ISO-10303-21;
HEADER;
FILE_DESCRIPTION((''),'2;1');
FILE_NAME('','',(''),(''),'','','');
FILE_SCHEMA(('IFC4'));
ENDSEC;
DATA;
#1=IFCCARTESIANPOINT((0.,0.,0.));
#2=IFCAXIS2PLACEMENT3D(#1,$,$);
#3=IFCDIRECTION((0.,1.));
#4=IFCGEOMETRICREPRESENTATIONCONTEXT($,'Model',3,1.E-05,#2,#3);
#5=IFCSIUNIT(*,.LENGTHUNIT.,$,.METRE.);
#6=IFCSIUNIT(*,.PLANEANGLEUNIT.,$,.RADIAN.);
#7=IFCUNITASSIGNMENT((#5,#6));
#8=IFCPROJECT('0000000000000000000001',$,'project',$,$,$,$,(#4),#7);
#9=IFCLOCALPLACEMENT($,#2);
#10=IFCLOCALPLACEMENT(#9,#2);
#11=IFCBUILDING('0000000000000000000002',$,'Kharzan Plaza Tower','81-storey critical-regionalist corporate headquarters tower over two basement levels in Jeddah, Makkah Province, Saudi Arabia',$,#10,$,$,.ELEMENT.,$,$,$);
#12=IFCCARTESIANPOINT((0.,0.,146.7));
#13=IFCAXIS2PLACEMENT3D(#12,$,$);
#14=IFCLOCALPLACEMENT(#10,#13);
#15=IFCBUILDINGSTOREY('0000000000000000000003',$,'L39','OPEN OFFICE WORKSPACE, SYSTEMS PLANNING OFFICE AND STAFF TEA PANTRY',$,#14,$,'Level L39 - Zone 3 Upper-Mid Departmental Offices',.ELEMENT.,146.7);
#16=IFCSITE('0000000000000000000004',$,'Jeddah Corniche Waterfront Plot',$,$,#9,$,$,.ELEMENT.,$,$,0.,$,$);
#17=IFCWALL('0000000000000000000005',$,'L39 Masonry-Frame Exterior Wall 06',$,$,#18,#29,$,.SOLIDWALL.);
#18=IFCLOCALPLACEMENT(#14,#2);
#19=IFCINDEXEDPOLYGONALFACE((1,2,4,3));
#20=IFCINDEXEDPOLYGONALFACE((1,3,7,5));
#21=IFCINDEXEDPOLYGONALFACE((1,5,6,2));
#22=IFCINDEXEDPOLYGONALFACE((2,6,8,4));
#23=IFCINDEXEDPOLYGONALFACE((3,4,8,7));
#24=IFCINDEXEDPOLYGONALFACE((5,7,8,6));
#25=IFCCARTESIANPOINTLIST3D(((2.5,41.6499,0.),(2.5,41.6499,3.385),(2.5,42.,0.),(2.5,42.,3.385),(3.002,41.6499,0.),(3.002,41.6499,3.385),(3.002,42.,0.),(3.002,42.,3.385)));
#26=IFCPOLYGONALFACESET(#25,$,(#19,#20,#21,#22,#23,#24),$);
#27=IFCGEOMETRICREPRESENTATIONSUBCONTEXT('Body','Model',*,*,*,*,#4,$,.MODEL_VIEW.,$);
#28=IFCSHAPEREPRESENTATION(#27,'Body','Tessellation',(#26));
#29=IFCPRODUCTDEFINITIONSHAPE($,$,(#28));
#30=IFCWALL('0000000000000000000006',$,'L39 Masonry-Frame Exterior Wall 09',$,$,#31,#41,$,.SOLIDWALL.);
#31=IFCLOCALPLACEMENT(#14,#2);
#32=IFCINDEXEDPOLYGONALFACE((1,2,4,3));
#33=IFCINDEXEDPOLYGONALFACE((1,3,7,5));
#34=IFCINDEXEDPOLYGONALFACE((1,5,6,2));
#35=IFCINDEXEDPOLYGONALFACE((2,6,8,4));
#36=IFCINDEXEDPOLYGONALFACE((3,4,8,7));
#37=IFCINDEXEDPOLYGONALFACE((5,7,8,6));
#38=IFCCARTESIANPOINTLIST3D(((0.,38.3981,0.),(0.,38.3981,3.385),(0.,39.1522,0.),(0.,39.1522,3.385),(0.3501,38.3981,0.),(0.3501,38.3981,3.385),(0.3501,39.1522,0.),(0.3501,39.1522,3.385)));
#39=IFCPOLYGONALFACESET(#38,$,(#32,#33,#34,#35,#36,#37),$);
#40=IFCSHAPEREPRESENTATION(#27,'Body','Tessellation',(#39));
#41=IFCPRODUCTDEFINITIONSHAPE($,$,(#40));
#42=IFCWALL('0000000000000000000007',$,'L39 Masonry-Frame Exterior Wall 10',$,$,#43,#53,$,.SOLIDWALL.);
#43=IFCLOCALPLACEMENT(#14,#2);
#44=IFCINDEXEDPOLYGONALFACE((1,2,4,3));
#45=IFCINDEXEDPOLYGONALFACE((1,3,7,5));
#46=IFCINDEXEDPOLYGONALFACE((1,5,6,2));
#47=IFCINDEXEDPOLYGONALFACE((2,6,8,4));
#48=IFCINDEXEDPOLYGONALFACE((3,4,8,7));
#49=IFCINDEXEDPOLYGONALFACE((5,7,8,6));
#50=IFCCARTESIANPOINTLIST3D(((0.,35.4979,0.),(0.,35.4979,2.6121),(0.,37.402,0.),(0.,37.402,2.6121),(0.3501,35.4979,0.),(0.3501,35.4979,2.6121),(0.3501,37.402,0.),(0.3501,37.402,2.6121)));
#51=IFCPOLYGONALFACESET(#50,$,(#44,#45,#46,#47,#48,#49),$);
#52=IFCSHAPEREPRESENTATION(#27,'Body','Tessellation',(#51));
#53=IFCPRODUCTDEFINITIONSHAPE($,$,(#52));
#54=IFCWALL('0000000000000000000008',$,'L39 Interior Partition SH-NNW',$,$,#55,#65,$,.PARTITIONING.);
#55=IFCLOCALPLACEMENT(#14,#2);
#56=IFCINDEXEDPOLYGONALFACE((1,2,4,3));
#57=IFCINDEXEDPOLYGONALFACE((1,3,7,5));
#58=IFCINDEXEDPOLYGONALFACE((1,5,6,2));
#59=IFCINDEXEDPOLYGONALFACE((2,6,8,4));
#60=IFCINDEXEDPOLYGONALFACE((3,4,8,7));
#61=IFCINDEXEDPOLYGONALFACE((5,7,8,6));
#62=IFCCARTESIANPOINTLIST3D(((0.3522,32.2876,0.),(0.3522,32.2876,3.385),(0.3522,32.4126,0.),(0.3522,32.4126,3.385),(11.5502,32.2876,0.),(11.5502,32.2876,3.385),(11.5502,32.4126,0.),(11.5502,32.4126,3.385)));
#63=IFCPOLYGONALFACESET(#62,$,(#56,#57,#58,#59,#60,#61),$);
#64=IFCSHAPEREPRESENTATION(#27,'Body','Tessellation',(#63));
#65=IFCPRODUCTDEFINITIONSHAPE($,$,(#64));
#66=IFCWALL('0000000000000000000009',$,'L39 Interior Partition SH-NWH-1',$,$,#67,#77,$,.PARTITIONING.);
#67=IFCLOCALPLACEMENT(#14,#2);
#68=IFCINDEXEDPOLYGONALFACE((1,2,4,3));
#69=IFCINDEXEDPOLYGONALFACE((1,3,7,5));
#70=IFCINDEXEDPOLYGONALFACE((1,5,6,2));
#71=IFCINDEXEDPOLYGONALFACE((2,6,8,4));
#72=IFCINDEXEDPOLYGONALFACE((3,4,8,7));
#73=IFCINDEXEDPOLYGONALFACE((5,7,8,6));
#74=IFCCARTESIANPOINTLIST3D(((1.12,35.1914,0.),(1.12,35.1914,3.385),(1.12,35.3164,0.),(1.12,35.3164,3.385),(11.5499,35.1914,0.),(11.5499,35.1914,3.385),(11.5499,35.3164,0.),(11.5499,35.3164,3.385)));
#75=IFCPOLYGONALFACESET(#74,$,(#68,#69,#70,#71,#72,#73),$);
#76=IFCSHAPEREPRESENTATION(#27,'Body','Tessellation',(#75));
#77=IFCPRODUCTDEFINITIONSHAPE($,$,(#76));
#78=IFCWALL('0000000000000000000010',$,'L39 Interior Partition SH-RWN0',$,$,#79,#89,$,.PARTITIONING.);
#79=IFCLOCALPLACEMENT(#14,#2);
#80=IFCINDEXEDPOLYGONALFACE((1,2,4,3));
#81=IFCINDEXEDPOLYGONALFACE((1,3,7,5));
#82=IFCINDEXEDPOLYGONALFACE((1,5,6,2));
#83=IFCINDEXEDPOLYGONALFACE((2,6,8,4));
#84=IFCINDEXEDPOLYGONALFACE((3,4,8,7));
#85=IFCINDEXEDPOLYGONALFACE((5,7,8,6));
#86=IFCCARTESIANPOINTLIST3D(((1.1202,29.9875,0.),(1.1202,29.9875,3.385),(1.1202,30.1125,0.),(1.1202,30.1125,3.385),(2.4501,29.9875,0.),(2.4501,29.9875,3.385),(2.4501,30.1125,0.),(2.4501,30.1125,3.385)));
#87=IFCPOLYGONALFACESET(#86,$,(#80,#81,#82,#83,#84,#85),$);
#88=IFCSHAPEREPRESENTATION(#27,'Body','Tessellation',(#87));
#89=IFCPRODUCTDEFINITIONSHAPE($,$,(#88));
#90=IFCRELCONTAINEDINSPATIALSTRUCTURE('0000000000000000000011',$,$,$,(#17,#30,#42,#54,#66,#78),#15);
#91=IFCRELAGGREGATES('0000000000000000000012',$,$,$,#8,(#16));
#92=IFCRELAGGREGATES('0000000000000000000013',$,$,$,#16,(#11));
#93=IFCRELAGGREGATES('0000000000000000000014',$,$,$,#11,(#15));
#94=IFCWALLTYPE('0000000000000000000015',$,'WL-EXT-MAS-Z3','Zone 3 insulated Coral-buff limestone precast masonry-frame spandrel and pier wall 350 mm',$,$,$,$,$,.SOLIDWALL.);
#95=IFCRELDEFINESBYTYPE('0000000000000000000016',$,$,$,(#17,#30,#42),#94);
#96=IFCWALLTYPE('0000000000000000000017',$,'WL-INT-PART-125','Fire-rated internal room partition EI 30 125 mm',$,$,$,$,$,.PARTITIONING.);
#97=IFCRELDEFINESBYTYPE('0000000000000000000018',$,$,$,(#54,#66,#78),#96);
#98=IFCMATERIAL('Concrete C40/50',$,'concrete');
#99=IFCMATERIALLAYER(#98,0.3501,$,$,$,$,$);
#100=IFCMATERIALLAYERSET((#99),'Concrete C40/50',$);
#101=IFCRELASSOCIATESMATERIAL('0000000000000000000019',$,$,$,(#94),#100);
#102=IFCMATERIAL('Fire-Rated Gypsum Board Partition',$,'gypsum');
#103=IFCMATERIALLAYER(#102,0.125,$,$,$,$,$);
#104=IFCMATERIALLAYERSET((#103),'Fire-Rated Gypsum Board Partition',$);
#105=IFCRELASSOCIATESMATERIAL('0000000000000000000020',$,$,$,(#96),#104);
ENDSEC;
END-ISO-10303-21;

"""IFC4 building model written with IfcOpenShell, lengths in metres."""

from ifc_helpers import new_model, si_unit, direction, frame, frame_2d, origin, place, context, subcontext, project, spatial, rectangle, extrude, source, transform, mapped, material, layer, layer_set, type_object, element, save


model = new_model("IFC4")

# Units and contexts
model_context = context("Model", 3, precision=1e-05, world=origin(), true_north=direction((0.0, 1.0)))
body_context = subcontext(model_context, "Body", "Model", "MODEL_VIEW")
ifc_project = project(units=[si_unit("LENGTHUNIT", "METRE"), si_unit("PLANEANGLEUNIT", "RADIAN")], contexts=[model_context])

# Site, building, storey
site_placement = place(None, origin())
site = spatial("IfcSite", under=ifc_project, at=site_placement, Name="Jeddah Corniche Waterfront Plot", CompositionType="ELEMENT", RefElevation=0.0)
building_placement = place(site_placement, origin())
building = spatial("IfcBuilding", under=site, at=building_placement, Name="Kharzan Plaza Tower", Description="81-storey critical-regionalist corporate headquarters tower over two basement levels in Jeddah, Makkah Province, Saudi Arabia", CompositionType="ELEMENT")
storey_placement = place(building_placement, frame((0.0, 0.0, 146.7)))
storey = spatial("IfcBuildingStorey", under=building, at=storey_placement, Name="L39", Description="OPEN OFFICE WORKSPACE, SYSTEMS PLANNING OFFICE AND STAFF TEA PANTRY", LongName="Level L39 - Zone 3 Upper-Mid Departmental Offices", CompositionType="ELEMENT", Elevation=146.7)

# Shared definitions
ifc_material_1 = material(Name="Concrete C40/50", Category="concrete")
ifc_layer_1 = layer(ifc_material_1, 0.3501)
ifc_layer_set_1 = layer_set([ifc_layer_1], Name="Concrete C40/50")
wall_type_1 = type_object("IfcWallType", Name="WL-EXT-MAS-Z3", Description="Zone 3 insulated Coral-buff limestone precast masonry-frame spandrel and pier wall 350 mm", PredefinedType="SOLIDWALL", material=ifc_layer_set_1)

# Walls
shared_shape_1 = source(origin(), body_context, "Body", "SweptSolid", [
    extrude(rectangle(XDim=0.502, YDim=0.3501, at=frame_2d((0.251, 0.0))), origin(), (0.0, 0.0, 1.0), 3.385),
])
wall_1_placement = place(storey_placement, frame((3.002, 41.825, 0.0), z_axis=(0.0, 0.0, 1.0), x_axis=(-1.0, 0.0, 0.0)))
element("IfcWall", 1, at=wall_1_placement, inside=storey, type_object=wall_type_1, Name="L39 Masonry-Frame Exterior Wall 06", PredefinedType="SOLIDWALL", context=body_context, shape_type="MappedRepresentation", body=[
    mapped(shared_shape_1, transform((0.0, 0.0, 0.0), x_axis=(1.0, 0.0, 0.0), y_axis=(0.0, 1.0, 0.0), z_axis=(0.0, 0.0, 1.0))),
])
shared_shape_2 = source(origin(), body_context, "Body", "SweptSolid", [
    extrude(rectangle(XDim=0.7542, YDim=0.3501, at=frame_2d((0.377, 0.0))), origin(), (0.0, 0.0, 1.0), 3.385),
])
wall_2_placement = place(storey_placement, frame((0.175, 39.1521, 0.0), z_axis=(0.0, 0.0, 1.0), x_axis=(0.0, -1.0, 0.0)))
element("IfcWall", 2, at=wall_2_placement, inside=storey, type_object=wall_type_1, Name="L39 Masonry-Frame Exterior Wall 09", PredefinedType="SOLIDWALL", context=body_context, shape_type="MappedRepresentation", body=[
    mapped(shared_shape_2, transform((0.0, 0.0, 0.0), x_axis=(1.0, 0.0, 0.0), y_axis=(0.0, 1.0, 0.0), z_axis=(0.0, 0.0, 1.0))),
])
shared_shape_3 = source(origin(), body_context, "Body", "SweptSolid", [
    extrude(rectangle(XDim=1.9041, YDim=0.3501, at=frame_2d((0.9521, 0.0))), origin(), (0.0, 0.0, 1.0), 2.6121),
])
wall_3_placement = place(storey_placement, frame((0.175, 37.4021, 0.0), z_axis=(0.0, 0.0, 1.0), x_axis=(0.0, -1.0, 0.0)))
element("IfcWall", 3, at=wall_3_placement, inside=storey, type_object=wall_type_1, Name="L39 Masonry-Frame Exterior Wall 10", PredefinedType="SOLIDWALL", context=body_context, shape_type="MappedRepresentation", body=[
    mapped(shared_shape_3, transform((0.0, 0.0, 0.0), x_axis=(1.0, 0.0, 0.0), y_axis=(0.0, 1.0, 0.0), z_axis=(0.0, 0.0, 1.0))),
])
ifc_material_2 = material(Name="Fire-Rated Gypsum Board Partition", Category="gypsum")
ifc_layer_2 = layer(ifc_material_2, 0.125)
ifc_layer_set_2 = layer_set([ifc_layer_2], Name="Fire-Rated Gypsum Board Partition")
wall_type_2 = type_object("IfcWallType", Name="WL-INT-PART-125", Description="Fire-rated internal room partition EI 30 125 mm", PredefinedType="PARTITIONING", material=ifc_layer_set_2)
shared_shape_4 = source(origin(), body_context, "Body", "SweptSolid", [
    extrude(rectangle(XDim=11.198, YDim=0.125, at=frame_2d((5.5991, 0.0))), origin(), (0.0, 0.0, 1.0), 3.385),
])
wall_4_placement = place(storey_placement, frame((0.3521, 32.3501, 0.0), z_axis=(0.0, 0.0, 1.0), x_axis=(1.0, 0.0, 0.0)))
element("IfcWall", 4, at=wall_4_placement, inside=storey, type_object=wall_type_2, Name="L39 Interior Partition SH-NNW", PredefinedType="PARTITIONING", context=body_context, shape_type="MappedRepresentation", body=[
    mapped(shared_shape_4, transform((0.0, 0.0, 0.0), x_axis=(1.0, 0.0, 0.0), y_axis=(0.0, 1.0, 0.0), z_axis=(0.0, 0.0, 1.0))),
])
shared_shape_5 = source(origin(), body_context, "Body", "SweptSolid", [
    extrude(rectangle(XDim=10.4299, YDim=0.125, at=frame_2d((5.2148, 0.0))), origin(), (0.0, 0.0, 1.0), 3.385),
])
wall_5_placement = place(storey_placement, frame((1.1201, 35.2539, 0.0), z_axis=(0.0, 0.0, 1.0), x_axis=(1.0, 0.0, 0.0)))
element("IfcWall", 5, at=wall_5_placement, inside=storey, type_object=wall_type_2, Name="L39 Interior Partition SH-NWH-1", PredefinedType="PARTITIONING", context=body_context, shape_type="MappedRepresentation", body=[
    mapped(shared_shape_5, transform((0.0, 0.0, 0.0), x_axis=(1.0, 0.0, 0.0), y_axis=(0.0, 1.0, 0.0), z_axis=(0.0, 0.0, 1.0))),
])
shared_shape_6 = source(origin(), body_context, "Body", "SweptSolid", [
    extrude(rectangle(XDim=1.3298, YDim=0.125, at=frame_2d((0.665, 0.0))), origin(), (0.0, 0.0, 1.0), 3.385),
])
wall_6_placement = place(storey_placement, frame((1.1201, 30.05, 0.0), z_axis=(0.0, 0.0, 1.0), x_axis=(1.0, 0.0, 0.0)))
element("IfcWall", 6, at=wall_6_placement, inside=storey, type_object=wall_type_2, Name="L39 Interior Partition SH-RWN0", PredefinedType="PARTITIONING", context=body_context, shape_type="MappedRepresentation", body=[
    mapped(shared_shape_6, transform((0.0, 0.0, 0.0), x_axis=(1.0, 0.0, 0.0), y_axis=(0.0, 1.0, 0.0), z_axis=(0.0, 0.0, 1.0))),
])

save(model, "model.ifc")
